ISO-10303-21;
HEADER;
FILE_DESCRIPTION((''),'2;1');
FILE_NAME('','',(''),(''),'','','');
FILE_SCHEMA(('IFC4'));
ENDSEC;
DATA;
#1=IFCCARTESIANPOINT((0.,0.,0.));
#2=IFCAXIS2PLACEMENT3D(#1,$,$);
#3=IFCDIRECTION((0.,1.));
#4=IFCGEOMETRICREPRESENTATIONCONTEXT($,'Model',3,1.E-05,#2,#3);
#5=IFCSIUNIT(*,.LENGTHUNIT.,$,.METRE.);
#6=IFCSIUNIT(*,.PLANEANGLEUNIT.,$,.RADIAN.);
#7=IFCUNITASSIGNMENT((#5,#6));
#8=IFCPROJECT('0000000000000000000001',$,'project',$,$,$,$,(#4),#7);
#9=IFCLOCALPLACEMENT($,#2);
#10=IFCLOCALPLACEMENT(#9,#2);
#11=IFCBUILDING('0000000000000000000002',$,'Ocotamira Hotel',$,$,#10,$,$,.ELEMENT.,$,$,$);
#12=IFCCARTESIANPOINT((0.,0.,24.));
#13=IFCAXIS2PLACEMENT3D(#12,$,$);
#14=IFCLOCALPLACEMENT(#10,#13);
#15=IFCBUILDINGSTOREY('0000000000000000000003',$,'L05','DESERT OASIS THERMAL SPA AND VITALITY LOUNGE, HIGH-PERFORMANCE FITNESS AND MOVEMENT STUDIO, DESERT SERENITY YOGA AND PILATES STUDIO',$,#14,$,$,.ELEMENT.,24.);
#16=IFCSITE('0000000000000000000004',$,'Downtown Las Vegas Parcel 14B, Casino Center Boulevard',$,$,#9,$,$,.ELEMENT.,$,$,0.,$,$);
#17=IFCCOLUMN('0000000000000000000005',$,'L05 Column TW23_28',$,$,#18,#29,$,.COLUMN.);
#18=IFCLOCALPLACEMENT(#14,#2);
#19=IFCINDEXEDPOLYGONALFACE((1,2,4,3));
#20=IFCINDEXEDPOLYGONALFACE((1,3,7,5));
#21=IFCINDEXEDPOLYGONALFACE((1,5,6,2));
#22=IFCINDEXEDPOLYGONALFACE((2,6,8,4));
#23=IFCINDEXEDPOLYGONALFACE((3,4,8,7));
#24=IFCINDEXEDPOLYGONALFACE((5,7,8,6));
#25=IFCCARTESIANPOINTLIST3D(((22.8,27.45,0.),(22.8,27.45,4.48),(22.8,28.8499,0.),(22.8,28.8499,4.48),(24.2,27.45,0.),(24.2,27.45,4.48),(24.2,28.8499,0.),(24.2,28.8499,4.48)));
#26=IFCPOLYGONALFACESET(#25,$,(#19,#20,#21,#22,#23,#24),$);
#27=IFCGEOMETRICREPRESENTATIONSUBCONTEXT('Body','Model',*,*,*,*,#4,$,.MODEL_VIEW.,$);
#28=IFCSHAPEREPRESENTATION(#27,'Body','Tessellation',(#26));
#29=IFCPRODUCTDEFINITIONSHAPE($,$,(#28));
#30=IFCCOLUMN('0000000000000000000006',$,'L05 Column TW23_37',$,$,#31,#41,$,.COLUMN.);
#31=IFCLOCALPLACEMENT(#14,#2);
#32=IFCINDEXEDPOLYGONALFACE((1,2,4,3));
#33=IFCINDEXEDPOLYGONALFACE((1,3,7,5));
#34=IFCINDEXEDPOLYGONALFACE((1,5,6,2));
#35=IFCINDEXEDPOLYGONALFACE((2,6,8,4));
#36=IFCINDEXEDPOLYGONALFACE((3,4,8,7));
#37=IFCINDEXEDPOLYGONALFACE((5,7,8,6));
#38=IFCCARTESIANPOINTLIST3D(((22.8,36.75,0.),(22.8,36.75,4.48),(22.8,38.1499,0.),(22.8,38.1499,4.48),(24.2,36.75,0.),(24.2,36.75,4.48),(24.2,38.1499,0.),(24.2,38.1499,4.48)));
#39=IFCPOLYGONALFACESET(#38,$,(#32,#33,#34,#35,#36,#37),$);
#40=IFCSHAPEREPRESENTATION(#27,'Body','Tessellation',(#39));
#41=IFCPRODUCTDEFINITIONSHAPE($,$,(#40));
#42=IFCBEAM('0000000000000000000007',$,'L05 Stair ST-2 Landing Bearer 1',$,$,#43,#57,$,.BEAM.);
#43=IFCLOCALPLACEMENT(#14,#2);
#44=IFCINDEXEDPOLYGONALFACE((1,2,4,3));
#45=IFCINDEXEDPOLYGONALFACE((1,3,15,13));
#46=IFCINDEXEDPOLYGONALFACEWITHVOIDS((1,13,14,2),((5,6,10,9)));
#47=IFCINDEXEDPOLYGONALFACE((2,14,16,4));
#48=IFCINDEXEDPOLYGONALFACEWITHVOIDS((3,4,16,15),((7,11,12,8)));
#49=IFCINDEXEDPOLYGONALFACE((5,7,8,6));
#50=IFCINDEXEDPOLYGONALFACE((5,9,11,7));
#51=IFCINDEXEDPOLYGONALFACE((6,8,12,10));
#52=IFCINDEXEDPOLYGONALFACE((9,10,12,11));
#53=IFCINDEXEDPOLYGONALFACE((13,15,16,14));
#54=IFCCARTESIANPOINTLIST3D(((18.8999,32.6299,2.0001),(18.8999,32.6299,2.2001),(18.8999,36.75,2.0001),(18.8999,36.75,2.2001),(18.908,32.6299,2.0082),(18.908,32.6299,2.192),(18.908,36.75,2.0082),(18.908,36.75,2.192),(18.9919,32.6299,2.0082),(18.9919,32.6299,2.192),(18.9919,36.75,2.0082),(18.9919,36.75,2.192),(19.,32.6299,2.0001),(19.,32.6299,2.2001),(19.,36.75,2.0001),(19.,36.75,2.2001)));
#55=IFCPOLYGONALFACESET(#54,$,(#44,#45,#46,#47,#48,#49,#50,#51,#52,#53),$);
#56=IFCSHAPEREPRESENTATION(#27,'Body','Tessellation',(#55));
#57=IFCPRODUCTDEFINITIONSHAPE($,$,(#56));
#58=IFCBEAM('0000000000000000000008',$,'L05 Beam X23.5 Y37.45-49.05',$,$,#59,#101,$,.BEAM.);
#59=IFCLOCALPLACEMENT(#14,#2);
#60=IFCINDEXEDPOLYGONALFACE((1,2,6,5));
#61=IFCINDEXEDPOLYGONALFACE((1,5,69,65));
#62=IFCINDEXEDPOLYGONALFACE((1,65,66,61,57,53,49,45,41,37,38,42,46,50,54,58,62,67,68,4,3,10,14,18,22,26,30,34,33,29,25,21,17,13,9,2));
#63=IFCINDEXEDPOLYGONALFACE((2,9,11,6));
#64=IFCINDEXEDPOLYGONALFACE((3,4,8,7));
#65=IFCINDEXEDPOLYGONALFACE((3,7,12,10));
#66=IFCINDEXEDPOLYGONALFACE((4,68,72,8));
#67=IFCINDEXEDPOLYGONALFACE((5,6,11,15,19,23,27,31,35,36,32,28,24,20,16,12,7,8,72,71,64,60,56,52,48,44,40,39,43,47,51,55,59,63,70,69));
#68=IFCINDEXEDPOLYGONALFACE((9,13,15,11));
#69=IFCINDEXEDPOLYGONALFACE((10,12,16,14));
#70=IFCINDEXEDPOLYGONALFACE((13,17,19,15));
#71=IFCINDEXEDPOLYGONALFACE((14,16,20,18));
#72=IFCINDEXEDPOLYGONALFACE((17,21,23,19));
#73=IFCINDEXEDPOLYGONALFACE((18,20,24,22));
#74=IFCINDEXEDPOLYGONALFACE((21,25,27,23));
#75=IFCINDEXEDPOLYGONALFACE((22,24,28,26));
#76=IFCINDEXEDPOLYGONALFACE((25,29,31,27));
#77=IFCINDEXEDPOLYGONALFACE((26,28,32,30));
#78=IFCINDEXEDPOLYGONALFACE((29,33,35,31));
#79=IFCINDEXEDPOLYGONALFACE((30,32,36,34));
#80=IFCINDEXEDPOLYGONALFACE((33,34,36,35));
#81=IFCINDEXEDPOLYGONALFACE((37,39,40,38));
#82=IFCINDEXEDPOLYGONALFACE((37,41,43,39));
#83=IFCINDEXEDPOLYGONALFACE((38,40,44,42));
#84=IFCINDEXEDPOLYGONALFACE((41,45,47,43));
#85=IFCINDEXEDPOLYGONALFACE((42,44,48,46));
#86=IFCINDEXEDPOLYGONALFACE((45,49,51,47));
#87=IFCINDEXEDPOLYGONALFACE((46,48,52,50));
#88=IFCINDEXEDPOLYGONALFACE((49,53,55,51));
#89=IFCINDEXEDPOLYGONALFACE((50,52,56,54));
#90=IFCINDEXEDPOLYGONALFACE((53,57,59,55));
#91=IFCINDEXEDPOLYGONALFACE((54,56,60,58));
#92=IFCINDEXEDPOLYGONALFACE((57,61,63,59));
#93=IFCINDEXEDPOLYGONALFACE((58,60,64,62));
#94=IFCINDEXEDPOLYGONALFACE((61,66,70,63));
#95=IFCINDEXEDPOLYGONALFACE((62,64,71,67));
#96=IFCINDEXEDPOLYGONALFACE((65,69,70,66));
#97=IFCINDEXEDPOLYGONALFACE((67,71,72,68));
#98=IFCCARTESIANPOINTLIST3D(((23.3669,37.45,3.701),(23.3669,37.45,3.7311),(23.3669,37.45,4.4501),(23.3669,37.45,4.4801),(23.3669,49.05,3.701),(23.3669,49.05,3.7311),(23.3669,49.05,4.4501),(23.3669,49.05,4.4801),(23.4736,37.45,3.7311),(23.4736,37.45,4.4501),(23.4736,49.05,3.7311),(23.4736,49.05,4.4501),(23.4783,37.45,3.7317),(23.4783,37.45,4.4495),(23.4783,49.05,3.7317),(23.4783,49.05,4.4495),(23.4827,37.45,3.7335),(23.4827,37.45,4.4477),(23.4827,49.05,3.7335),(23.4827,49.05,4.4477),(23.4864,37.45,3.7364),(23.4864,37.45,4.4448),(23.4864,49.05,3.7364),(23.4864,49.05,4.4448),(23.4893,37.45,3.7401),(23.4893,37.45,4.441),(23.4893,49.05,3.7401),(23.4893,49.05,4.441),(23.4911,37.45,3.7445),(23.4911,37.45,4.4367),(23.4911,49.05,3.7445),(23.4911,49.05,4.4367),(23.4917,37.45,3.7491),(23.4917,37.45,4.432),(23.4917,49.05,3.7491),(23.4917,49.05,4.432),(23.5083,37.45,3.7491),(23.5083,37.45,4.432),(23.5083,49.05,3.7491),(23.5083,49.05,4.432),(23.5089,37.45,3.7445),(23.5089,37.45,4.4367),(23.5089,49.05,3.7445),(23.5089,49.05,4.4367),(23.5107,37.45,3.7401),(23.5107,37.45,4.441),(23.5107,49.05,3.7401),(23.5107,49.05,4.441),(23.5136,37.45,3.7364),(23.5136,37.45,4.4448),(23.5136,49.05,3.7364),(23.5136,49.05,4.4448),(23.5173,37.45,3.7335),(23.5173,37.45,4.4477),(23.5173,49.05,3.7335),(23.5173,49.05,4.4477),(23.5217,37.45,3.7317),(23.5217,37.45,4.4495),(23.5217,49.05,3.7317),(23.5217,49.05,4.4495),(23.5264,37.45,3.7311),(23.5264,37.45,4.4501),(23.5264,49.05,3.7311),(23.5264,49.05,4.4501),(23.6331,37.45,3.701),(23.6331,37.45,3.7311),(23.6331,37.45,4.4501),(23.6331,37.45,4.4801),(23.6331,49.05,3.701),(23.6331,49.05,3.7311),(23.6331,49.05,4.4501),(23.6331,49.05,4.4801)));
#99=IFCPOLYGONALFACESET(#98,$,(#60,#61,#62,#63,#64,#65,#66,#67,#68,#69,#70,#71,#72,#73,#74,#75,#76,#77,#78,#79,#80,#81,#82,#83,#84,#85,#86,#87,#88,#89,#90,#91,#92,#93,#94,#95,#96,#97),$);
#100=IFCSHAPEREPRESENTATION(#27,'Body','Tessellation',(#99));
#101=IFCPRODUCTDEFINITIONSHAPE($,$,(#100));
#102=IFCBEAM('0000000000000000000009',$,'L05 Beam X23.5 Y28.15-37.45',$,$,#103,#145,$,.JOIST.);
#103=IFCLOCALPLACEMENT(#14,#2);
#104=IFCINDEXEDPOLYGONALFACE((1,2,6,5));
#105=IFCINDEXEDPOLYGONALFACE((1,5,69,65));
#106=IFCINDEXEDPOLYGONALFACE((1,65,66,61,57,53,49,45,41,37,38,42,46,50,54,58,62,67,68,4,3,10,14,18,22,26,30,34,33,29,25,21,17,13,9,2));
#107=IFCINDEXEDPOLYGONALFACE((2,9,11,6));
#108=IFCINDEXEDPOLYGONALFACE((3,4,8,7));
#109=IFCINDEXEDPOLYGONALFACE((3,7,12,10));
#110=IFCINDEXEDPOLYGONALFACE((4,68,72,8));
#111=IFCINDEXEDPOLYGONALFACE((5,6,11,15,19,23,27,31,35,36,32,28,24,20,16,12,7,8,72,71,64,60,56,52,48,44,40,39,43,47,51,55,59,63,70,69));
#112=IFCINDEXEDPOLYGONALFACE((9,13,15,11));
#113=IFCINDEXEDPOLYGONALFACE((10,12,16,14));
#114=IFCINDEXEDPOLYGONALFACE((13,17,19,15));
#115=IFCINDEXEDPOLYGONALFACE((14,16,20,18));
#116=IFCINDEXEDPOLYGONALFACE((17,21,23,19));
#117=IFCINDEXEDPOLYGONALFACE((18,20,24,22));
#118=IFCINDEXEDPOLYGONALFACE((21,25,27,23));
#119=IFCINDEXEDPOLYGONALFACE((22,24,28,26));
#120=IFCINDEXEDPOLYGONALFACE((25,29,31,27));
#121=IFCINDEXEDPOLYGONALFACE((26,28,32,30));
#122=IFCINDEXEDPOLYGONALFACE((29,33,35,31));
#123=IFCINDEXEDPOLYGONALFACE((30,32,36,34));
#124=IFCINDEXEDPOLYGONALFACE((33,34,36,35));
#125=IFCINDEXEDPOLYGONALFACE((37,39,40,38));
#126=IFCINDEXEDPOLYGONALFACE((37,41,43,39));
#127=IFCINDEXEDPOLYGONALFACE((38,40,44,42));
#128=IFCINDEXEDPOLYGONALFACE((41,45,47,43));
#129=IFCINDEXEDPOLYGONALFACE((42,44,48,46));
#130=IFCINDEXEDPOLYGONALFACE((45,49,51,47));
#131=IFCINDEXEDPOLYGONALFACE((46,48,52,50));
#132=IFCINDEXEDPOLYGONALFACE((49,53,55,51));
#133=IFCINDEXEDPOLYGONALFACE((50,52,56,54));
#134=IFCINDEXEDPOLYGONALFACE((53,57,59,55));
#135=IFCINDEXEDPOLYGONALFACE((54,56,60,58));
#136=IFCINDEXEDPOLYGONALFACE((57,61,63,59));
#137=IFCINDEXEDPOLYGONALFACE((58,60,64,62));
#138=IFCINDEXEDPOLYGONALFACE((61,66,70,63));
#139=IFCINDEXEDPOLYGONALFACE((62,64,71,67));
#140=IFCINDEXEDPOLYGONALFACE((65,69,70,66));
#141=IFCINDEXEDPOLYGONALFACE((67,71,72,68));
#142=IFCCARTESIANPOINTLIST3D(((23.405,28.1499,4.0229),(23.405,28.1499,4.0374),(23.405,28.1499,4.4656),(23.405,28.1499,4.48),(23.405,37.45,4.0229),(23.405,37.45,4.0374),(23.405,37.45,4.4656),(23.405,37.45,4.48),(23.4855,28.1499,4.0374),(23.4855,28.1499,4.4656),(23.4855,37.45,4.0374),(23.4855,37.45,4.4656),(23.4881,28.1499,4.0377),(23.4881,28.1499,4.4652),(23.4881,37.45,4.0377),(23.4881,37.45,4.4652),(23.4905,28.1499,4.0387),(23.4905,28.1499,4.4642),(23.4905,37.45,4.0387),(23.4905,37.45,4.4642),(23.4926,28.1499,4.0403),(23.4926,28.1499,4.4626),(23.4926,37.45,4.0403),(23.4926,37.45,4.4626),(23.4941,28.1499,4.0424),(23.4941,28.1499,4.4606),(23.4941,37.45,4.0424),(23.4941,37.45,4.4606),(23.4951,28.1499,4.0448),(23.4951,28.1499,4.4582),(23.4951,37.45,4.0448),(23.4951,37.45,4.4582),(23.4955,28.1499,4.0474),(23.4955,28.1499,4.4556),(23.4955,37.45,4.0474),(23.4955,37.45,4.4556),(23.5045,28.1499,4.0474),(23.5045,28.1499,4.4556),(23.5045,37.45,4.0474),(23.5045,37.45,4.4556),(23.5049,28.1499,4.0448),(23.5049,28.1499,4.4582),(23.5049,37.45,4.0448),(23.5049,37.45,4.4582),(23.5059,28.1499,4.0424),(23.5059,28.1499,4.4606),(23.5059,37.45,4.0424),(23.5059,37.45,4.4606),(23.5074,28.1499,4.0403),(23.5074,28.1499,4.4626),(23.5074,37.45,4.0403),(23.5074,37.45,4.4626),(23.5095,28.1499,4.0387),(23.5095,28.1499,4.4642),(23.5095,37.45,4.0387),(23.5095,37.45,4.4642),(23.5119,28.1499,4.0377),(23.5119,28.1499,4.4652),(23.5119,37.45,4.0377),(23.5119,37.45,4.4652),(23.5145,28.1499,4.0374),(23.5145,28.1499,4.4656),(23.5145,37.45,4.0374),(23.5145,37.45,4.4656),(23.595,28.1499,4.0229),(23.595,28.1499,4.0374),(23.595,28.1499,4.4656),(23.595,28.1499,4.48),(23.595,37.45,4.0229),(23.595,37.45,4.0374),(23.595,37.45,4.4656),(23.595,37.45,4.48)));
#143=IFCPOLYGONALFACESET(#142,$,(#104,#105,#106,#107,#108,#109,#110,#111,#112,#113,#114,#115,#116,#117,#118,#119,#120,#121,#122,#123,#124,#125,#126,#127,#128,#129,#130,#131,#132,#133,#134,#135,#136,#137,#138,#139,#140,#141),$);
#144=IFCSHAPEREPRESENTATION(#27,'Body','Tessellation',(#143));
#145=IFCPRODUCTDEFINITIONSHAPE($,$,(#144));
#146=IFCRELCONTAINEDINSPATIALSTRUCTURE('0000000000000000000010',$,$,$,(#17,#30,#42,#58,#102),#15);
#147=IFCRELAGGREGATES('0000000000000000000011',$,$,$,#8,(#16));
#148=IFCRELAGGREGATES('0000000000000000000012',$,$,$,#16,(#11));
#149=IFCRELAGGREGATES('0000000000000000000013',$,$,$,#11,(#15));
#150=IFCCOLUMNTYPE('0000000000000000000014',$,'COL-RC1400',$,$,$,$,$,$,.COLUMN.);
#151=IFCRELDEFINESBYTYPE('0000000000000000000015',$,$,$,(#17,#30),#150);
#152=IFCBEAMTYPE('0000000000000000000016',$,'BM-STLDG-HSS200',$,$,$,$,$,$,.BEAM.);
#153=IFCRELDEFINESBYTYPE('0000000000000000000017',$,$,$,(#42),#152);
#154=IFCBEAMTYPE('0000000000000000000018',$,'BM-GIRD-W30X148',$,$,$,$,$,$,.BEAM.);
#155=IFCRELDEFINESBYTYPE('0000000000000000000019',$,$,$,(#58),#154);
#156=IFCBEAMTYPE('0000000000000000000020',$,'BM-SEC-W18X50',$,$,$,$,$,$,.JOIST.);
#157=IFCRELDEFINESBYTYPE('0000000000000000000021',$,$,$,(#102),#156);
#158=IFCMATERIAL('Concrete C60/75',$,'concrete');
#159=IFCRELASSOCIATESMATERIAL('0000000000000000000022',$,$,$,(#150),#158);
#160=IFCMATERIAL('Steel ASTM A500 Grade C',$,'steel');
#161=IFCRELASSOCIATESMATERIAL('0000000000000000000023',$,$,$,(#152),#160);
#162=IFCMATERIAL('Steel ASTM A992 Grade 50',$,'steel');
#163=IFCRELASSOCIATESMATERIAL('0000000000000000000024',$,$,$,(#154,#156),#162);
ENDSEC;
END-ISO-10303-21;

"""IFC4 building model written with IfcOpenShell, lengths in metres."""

from ifc_helpers import new_model, si_unit, direction, frame, origin, origin_2d, place, context, subcontext, project, spatial, rectangle, hollow_rectangle, i_section, extrude, source, transform, mapped, material, material_profile, profile_set, type_object, element, save


model = new_model("IFC4")

# Units and contexts
model_context = context("Model", 3, precision=1e-05, world=origin(), true_north=direction((0.0, 1.0)))
body_context = subcontext(model_context, "Body", "Model", "MODEL_VIEW")
ifc_project = project(units=[si_unit("LENGTHUNIT", "METRE"), si_unit("PLANEANGLEUNIT", "RADIAN")], contexts=[model_context])

# Site, building, storey
site_placement = place(None, origin())
site = spatial("IfcSite", under=ifc_project, at=site_placement, Name="Downtown Las Vegas Parcel 14B, Casino Center Boulevard", CompositionType="ELEMENT", RefElevation=0.0)
building_placement = place(site_placement, origin())
building = spatial("IfcBuilding", under=site, at=building_placement, Name="Ocotamira Hotel", CompositionType="ELEMENT")
storey_placement = place(building_placement, frame((0.0, 0.0, 24.0)))
storey = spatial("IfcBuildingStorey", under=building, at=storey_placement, Name="L05", Description="DESERT OASIS THERMAL SPA AND VITALITY LOUNGE, HIGH-PERFORMANCE FITNESS AND MOVEMENT STUDIO, DESERT SERENITY YOGA AND PILATES STUDIO", CompositionType="ELEMENT", Elevation=24.0)

# Columns
ifc_material_1 = material(Name="Concrete C60/75", Category="concrete")
ifc_material_profile_1 = material_profile(ifc_material_1, rectangle(XDim=1.3999, YDim=1.3999, at=origin_2d()), Name="RC1400X1400")
ifc_profile_set_1 = profile_set([ifc_material_profile_1], Name="Concrete C60/75")
column_type = type_object("IfcColumnType", Name="COL-RC1400", PredefinedType="COLUMN", material=ifc_profile_set_1)
shared_shape_1 = source(origin(), body_context, "Body", "SweptSolid", [
    extrude(rectangle(XDim=1.3999, YDim=1.3999, at=origin_2d()), origin(), (0.0, 0.0, 1.0), 4.48),
])
for number, where, z_axis, x_axis, name in (
    (1, (23.5, 28.1499, 0.0), (0.0, 0.0, 1.0), (1.0, 0.0, 0.0), "L05 Column TW23_28"),
    (2, (23.5, 37.45, 0.0), (0.0, 0.0, 1.0), (1.0, 0.0, 0.0), "L05 Column TW23_37"),
):
    element("IfcColumn", number, at=place(storey_placement, frame(where, z_axis=z_axis, x_axis=x_axis)), inside=storey, type_object=column_type, Name=name, PredefinedType="COLUMN", context=body_context, shape_type="MappedRepresentation", body=[
        mapped(shared_shape_1, transform((0.0, 0.0, 0.0), scale=1.0)),
    ])

# Beams
ifc_material_2 = material(Name="Steel ASTM A500 Grade C", Category="steel")
ifc_material_profile_2 = material_profile(ifc_material_2, hollow_rectangle(XDim=0.1001, YDim=0.2, WallThickness=0.0081, at=origin_2d()), Name="HSS200X100X8")
ifc_profile_set_2 = profile_set([ifc_material_profile_2], Name="Steel ASTM A500 Grade C")
beam_type_1 = type_object("IfcBeamType", Name="BM-STLDG-HSS200", PredefinedType="BEAM", material=ifc_profile_set_2)
shared_shape_2 = source(origin(), body_context, "Body", "SweptSolid", [
    extrude(hollow_rectangle(XDim=0.1001, YDim=0.2, WallThickness=0.0081, at=origin_2d()), origin(), (0.0, 0.0, 1.0), 4.1201),
])
beam_1_placement = place(storey_placement, frame((18.95, 32.6299, 2.1001), z_axis=(0.0, 1.0, 0.0), x_axis=(-1.0, 0.0, 0.0)))
element("IfcBeam", 3, at=beam_1_placement, inside=storey, type_object=beam_type_1, Name="L05 Stair ST-2 Landing Bearer 1", PredefinedType="BEAM", context=body_context, shape_type="MappedRepresentation", body=[
    mapped(shared_shape_2, transform((0.0, 0.0, 0.0), scale=1.0)),
])
ifc_material_3 = material(Name="Steel ASTM A992 Grade 50", Category="steel")
ifc_material_profile_3 = material_profile(ifc_material_3, i_section(OverallWidth=0.2661, OverallDepth=0.7791, WebThickness=0.0166, FlangeThickness=0.03, FilletRadius=0.0181, at=origin_2d()), Name="W30X148")
ifc_profile_set_3 = profile_set([ifc_material_profile_3], Name="Steel ASTM A992 Grade 50")
beam_type_2 = type_object("IfcBeamType", Name="BM-GIRD-W30X148", PredefinedType="BEAM", material=ifc_profile_set_3)
shared_shape_3 = source(origin(), body_context, "Body", "SweptSolid", [
    extrude(i_section(OverallWidth=0.2661, OverallDepth=0.7791, WebThickness=0.0166, FlangeThickness=0.03, FilletRadius=0.0181, at=origin_2d()), origin(), (0.0, 0.0, 1.0), 11.6001),
])
beam_2_placement = place(storey_placement, frame((23.5, 37.45, 4.0906), z_axis=(0.0, 1.0, 0.0), x_axis=(-1.0, 0.0, 0.0)))
element("IfcBeam", 4, at=beam_2_placement, inside=storey, type_object=beam_type_2, Name="L05 Beam X23.5 Y37.45-49.05", PredefinedType="BEAM", context=body_context, shape_type="MappedRepresentation", body=[
    mapped(shared_shape_3, transform((0.0, 0.0, 0.0), scale=1.0)),
])
ifc_material_profile_4 = material_profile(ifc_material_3, i_section(OverallWidth=0.1899, OverallDepth=0.457, WebThickness=0.009, FlangeThickness=0.0144, FilletRadius=0.01, at=origin_2d()), Name="W18X50")
ifc_profile_set_4 = profile_set([ifc_material_profile_4], Name="Steel ASTM A992 Grade 50")
beam_type_3 = type_object("IfcBeamType", Name="BM-SEC-W18X50", PredefinedType="JOIST", material=ifc_profile_set_4)
shared_shape_4 = source(origin(), body_context, "Body", "SweptSolid", [
    extrude(i_section(OverallWidth=0.1899, OverallDepth=0.457, WebThickness=0.009, FlangeThickness=0.0144, FilletRadius=0.01, at=origin_2d()), origin(), (0.0, 0.0, 1.0), 9.3),
])
beam_3_placement = place(storey_placement, frame((23.5, 28.1499, 4.2515), z_axis=(0.0, 1.0, 0.0), x_axis=(-1.0, 0.0, 0.0)))
element("IfcBeam", 5, at=beam_3_placement, inside=storey, type_object=beam_type_3, Name="L05 Beam X23.5 Y28.15-37.45", PredefinedType="JOIST", context=body_context, shape_type="MappedRepresentation", body=[
    mapped(shared_shape_4, transform((0.0, 0.0, 0.0), scale=1.0)),
])

save(model, "model.ifc")
